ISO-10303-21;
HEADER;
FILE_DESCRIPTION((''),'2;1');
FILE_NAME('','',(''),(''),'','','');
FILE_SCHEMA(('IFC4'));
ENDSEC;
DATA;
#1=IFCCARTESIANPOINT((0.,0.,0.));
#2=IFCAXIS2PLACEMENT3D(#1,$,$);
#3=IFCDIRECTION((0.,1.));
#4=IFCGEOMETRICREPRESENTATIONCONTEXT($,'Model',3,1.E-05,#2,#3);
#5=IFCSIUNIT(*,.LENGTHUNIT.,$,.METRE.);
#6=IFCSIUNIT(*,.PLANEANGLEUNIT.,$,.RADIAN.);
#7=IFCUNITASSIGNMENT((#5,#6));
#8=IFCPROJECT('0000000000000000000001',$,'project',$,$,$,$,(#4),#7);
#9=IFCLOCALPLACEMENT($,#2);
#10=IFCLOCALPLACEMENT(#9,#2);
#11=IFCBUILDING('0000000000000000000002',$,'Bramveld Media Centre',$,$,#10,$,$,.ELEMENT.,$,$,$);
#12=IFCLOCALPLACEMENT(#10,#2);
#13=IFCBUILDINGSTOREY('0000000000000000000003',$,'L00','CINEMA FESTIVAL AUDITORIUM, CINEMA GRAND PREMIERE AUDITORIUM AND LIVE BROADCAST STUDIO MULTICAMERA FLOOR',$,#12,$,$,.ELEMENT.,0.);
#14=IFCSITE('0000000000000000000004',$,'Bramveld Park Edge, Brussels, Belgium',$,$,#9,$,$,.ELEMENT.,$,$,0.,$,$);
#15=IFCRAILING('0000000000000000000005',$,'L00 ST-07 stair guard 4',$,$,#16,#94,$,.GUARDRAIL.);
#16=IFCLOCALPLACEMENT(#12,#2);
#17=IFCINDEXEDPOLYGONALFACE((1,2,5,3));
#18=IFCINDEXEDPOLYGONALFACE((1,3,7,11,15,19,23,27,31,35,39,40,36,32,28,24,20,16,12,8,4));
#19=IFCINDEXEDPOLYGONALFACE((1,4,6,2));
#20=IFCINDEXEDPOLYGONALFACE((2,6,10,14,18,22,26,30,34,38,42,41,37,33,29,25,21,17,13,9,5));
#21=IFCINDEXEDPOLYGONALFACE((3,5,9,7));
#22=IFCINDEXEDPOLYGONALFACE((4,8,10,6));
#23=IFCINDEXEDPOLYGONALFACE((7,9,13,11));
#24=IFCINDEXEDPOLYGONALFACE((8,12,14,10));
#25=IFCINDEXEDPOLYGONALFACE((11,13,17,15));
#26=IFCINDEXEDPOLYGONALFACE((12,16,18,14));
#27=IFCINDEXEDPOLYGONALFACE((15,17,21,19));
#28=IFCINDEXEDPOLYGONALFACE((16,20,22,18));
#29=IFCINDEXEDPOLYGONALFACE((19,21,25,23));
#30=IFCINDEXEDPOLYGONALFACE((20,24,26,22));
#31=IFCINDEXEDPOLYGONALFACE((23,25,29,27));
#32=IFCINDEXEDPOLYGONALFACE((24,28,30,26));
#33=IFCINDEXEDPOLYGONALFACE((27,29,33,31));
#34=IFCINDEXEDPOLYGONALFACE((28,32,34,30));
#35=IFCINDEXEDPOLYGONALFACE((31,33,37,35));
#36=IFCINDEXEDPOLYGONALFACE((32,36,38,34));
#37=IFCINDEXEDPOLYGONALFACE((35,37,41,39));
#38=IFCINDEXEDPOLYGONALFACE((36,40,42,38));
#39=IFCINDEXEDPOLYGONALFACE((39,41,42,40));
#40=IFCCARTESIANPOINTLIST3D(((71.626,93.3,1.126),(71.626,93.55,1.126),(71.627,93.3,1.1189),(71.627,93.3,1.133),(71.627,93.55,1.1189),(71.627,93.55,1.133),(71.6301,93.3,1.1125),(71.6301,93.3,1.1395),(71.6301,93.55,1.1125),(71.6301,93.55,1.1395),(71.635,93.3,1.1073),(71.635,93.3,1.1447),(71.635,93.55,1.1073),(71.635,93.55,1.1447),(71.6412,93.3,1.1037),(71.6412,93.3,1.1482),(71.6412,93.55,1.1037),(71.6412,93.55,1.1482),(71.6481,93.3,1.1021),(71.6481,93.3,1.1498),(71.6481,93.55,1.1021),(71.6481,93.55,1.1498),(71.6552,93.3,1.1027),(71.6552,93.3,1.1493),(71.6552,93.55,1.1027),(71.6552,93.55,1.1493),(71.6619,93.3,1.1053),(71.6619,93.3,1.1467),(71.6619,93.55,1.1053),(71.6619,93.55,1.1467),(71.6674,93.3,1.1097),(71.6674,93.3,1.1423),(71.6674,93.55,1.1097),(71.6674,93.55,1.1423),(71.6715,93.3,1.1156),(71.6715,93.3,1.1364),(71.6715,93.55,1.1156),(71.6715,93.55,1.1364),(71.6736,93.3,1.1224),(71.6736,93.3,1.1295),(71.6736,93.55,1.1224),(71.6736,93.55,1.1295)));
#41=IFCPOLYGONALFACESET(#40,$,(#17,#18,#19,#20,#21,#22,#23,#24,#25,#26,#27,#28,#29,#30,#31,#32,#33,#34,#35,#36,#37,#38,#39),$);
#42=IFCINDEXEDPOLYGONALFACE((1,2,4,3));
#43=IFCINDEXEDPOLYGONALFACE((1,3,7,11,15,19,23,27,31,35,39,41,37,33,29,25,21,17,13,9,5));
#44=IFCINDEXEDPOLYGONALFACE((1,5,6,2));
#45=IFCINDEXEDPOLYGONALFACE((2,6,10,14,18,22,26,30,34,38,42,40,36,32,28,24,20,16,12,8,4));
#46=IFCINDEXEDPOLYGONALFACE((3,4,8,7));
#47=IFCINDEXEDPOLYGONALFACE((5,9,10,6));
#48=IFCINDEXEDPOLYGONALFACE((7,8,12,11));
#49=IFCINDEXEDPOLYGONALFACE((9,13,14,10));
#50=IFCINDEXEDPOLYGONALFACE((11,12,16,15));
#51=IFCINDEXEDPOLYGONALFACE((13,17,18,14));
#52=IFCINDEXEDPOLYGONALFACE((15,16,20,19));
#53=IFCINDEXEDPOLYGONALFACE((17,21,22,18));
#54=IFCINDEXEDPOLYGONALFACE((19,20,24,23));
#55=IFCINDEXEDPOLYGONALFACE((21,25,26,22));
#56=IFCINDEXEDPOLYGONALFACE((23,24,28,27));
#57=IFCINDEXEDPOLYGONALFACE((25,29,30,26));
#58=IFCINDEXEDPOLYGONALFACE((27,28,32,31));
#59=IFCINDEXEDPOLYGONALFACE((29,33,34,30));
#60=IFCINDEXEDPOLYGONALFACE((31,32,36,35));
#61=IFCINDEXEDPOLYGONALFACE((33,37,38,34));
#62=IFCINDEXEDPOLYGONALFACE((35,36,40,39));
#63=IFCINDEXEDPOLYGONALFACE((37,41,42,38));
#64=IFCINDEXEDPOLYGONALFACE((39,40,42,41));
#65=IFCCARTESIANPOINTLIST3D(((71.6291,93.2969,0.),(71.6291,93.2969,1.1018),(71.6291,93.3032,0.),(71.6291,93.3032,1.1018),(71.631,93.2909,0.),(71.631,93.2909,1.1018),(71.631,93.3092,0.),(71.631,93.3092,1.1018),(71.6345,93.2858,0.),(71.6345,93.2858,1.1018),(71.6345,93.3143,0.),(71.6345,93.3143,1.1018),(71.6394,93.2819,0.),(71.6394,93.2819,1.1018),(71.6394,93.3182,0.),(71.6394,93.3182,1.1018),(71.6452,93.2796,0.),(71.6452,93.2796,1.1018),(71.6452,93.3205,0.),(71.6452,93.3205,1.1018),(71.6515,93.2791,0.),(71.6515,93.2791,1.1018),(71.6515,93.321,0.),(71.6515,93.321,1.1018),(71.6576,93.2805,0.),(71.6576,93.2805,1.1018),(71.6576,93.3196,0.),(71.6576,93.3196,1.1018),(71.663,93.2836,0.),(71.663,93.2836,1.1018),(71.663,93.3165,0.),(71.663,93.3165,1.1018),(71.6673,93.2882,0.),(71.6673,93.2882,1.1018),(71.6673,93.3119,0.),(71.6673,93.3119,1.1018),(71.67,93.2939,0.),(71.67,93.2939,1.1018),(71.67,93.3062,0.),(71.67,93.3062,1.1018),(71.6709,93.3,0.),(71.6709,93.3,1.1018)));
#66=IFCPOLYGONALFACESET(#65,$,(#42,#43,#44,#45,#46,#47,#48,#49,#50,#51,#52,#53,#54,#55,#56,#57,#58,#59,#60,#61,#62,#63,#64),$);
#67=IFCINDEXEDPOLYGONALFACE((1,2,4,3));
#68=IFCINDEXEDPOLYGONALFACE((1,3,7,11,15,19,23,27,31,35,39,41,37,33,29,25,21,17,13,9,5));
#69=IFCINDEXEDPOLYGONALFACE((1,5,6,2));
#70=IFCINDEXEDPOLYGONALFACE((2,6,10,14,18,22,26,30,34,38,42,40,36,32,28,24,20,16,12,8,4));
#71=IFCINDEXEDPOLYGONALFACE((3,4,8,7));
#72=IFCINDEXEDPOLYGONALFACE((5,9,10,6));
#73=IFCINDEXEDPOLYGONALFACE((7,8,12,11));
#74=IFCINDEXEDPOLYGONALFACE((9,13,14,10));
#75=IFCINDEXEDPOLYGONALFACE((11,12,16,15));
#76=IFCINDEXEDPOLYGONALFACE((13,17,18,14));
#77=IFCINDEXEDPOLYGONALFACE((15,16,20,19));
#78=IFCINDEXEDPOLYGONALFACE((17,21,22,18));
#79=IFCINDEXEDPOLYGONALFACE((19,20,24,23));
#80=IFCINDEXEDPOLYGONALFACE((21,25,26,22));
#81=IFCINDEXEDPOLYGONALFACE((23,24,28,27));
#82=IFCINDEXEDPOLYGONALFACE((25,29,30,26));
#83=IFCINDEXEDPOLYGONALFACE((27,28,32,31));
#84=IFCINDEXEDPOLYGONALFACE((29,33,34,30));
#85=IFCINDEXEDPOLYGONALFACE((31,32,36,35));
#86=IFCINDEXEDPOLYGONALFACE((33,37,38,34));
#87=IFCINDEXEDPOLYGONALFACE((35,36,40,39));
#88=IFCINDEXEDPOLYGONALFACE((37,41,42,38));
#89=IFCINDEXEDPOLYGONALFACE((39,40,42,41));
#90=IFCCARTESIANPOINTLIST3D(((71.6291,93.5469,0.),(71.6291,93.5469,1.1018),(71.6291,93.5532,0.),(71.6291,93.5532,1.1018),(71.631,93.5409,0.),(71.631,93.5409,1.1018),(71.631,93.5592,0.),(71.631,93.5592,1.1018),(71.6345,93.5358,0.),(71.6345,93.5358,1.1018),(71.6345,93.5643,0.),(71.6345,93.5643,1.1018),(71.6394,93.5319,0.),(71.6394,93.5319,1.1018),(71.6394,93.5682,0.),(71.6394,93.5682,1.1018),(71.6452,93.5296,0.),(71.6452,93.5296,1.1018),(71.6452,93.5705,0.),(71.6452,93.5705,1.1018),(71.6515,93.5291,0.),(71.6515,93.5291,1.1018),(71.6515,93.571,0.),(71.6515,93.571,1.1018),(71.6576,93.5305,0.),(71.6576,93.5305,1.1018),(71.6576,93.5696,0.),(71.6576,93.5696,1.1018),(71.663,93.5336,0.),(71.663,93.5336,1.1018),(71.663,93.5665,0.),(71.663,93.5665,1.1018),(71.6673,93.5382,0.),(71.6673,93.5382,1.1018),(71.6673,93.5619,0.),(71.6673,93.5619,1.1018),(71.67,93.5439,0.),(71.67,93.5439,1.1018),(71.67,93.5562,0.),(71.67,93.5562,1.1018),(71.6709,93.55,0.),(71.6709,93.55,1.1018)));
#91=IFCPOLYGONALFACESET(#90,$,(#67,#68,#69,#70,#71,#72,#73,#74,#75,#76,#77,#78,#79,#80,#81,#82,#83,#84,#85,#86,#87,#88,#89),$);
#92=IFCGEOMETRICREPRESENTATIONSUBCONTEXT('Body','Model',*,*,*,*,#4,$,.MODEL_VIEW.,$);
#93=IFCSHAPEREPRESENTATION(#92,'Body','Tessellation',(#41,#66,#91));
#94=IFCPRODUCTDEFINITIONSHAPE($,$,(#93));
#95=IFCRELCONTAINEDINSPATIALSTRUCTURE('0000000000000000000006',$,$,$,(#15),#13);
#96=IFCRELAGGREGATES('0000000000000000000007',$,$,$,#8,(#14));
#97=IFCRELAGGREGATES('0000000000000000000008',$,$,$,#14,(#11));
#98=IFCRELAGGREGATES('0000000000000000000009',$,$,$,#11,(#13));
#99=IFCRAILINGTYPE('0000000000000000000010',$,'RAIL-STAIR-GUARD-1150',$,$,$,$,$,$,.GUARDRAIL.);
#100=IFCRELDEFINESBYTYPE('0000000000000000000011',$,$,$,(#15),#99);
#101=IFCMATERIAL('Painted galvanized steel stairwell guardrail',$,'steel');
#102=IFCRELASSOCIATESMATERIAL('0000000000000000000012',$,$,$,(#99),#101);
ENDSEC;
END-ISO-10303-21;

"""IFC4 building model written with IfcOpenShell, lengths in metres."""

from ifc_helpers import new_model, si_unit, direction, frame, origin, origin_2d, place, context, subcontext, project, spatial, circle, extrude, material, type_object, element, save


model = new_model("IFC4")

# Units and contexts
model_context = context("Model", 3, precision=1e-05, world=origin(), true_north=direction((0.0, 1.0)))
body_context = subcontext(model_context, "Body", "Model", "MODEL_VIEW")
ifc_project = project(units=[si_unit("LENGTHUNIT", "METRE"), si_unit("PLANEANGLEUNIT", "RADIAN")], contexts=[model_context])

# Site, building, storey
site_placement = place(None, origin())
site = spatial("IfcSite", under=ifc_project, at=site_placement, Name="Bramveld Park Edge, Brussels, Belgium", CompositionType="ELEMENT", RefElevation=0.0)
building_placement = place(site_placement, origin())
building = spatial("IfcBuilding", under=site, at=building_placement, Name="Bramveld Media Centre", CompositionType="ELEMENT")
storey_placement = place(building_placement, origin())
storey = spatial("IfcBuildingStorey", under=building, at=storey_placement, Name="L00", Description="CINEMA FESTIVAL AUDITORIUM, CINEMA GRAND PREMIERE AUDITORIUM AND LIVE BROADCAST STUDIO MULTICAMERA FLOOR", CompositionType="ELEMENT", Elevation=0.0)

# Railing
ifc_material_1 = material(Name="Painted galvanized steel stairwell guardrail", Category="steel")
railing_type_1 = type_object("IfcRailingType", Name="RAIL-STAIR-GUARD-1150", PredefinedType="GUARDRAIL", material=ifc_material_1)
railing_1_placement = place(storey_placement, frame((71.6499, 93.3, 0.0)))
element("IfcRailing", 1, at=railing_1_placement, inside=storey, type_object=railing_type_1, Name="L00 ST-07 stair guard 4", PredefinedType="GUARDRAIL", context=body_context, shape_type="SweptSolid", body=[
    extrude(circle(Radius=0.0239, at=origin_2d()), frame((0.0, 0.0, 1.126), z_axis=(0.0, 1.0, 0.0), x_axis=(-1.0, 0.0, 0.0)), (0.0, 0.0, 1.0), 0.25),
    extrude(circle(Radius=0.021, at=origin_2d()), origin(), (0.0, 0.0, 1.0), 1.1018),
    extrude(circle(Radius=0.021, at=origin_2d()), frame((0.0, 0.25, 0.0)), (0.0, 0.0, 1.0), 1.1018),
])

save(model, "model.ifc")
